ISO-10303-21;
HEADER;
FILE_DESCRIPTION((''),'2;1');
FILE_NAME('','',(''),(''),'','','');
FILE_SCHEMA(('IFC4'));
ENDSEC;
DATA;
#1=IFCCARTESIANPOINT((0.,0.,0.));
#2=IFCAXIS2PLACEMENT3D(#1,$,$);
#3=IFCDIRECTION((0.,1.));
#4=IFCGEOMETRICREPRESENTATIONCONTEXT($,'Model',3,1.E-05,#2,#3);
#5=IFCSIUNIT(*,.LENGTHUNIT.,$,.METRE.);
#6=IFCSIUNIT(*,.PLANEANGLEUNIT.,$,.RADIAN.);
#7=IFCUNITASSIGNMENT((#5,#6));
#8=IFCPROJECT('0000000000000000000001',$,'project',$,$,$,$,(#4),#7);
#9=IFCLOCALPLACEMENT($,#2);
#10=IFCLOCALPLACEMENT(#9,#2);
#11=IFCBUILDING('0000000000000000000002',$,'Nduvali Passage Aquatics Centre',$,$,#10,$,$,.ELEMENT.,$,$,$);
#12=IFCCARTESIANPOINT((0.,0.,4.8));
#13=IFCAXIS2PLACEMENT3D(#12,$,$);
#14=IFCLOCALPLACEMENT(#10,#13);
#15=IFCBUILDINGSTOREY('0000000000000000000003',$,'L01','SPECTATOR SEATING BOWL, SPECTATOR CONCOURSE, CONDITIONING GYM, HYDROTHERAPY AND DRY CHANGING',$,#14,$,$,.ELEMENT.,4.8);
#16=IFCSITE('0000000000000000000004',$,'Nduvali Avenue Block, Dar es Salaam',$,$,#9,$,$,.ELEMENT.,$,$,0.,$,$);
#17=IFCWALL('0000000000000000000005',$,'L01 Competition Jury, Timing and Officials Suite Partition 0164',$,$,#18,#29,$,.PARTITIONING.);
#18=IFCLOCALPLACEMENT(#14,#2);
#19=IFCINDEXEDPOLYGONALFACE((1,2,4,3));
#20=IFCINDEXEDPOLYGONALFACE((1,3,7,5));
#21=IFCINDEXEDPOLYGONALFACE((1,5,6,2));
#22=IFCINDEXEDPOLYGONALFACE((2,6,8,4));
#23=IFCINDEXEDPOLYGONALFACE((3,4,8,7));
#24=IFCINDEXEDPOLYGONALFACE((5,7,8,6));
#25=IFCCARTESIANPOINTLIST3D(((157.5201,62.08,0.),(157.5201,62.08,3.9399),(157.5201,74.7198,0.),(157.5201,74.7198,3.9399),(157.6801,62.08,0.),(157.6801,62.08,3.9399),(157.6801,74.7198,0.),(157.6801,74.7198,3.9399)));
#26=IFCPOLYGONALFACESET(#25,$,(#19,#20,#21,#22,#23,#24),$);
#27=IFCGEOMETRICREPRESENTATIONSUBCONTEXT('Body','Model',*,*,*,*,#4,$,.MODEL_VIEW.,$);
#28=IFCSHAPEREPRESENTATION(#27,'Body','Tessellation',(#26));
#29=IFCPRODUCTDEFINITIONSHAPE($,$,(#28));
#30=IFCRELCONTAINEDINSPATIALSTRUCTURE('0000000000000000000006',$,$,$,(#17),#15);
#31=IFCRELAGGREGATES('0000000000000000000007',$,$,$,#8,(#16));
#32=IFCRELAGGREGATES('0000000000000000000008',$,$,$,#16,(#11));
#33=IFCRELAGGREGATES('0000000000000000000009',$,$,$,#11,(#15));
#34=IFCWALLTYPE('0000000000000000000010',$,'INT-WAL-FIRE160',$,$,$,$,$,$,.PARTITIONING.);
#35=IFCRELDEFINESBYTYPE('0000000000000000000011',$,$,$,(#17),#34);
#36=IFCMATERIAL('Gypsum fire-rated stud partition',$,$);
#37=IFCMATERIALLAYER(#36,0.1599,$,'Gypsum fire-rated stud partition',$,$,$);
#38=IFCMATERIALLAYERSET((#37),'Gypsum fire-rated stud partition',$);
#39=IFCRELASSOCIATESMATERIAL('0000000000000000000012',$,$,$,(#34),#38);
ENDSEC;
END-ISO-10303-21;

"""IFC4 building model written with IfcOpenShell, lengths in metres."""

from ifc_helpers import new_model, si_unit, direction, frame, frame_2d, origin, place, context, subcontext, project, spatial, rectangle, extrude, material, layer, layer_set, type_object, element, save


model = new_model("IFC4")

# Units and contexts
model_context = context("Model", 3, precision=1e-05, world=origin(), true_north=direction((0.0, 1.0)))
body_context = subcontext(model_context, "Body", "Model", "MODEL_VIEW")
ifc_project = project(units=[si_unit("LENGTHUNIT", "METRE"), si_unit("PLANEANGLEUNIT", "RADIAN")], contexts=[model_context])

# Site, building, storey
site_placement = place(None, origin())
site = spatial("IfcSite", under=ifc_project, at=site_placement, Name="Nduvali Avenue Block, Dar es Salaam", CompositionType="ELEMENT", RefElevation=0.0)
building_placement = place(site_placement, origin())
building = spatial("IfcBuilding", under=site, at=building_placement, Name="Nduvali Passage Aquatics Centre", CompositionType="ELEMENT")
storey_placement = place(building_placement, frame((0.0, 0.0, 4.8)))
storey = spatial("IfcBuildingStorey", under=building, at=storey_placement, Name="L01", Description="SPECTATOR SEATING BOWL, SPECTATOR CONCOURSE, CONDITIONING GYM, HYDROTHERAPY AND DRY CHANGING", CompositionType="ELEMENT", Elevation=4.8)

# Shared definitions
ifc_material_1 = material(Name="Gypsum fire-rated stud partition")
ifc_layer = layer(ifc_material_1, 0.1599, Name="Gypsum fire-rated stud partition")
ifc_layer_set = layer_set([ifc_layer], Name="Gypsum fire-rated stud partition")
wall_type = type_object("IfcWallType", Name="INT-WAL-FIRE160", PredefinedType="PARTITIONING", material=ifc_layer_set)

# Wall
wall_1_placement = place(storey_placement, frame((157.6001, 62.0801, 0.0), z_axis=(0.0, 0.0, 1.0), x_axis=(0.0, 1.0, 0.0)))
element("IfcWall", 1, at=wall_1_placement, inside=storey, type_object=wall_type, Name="L01 Competition Jury, Timing and Officials Suite Partition 0164", PredefinedType="PARTITIONING", context=body_context, shape_type="SweptSolid", body=[
    extrude(rectangle(XDim=12.6399, YDim=0.1599, at=frame_2d((6.3198, 0.0))), origin(), (0.0, 0.0, 1.0), 3.9399),
])

save(model, "model.ifc")
